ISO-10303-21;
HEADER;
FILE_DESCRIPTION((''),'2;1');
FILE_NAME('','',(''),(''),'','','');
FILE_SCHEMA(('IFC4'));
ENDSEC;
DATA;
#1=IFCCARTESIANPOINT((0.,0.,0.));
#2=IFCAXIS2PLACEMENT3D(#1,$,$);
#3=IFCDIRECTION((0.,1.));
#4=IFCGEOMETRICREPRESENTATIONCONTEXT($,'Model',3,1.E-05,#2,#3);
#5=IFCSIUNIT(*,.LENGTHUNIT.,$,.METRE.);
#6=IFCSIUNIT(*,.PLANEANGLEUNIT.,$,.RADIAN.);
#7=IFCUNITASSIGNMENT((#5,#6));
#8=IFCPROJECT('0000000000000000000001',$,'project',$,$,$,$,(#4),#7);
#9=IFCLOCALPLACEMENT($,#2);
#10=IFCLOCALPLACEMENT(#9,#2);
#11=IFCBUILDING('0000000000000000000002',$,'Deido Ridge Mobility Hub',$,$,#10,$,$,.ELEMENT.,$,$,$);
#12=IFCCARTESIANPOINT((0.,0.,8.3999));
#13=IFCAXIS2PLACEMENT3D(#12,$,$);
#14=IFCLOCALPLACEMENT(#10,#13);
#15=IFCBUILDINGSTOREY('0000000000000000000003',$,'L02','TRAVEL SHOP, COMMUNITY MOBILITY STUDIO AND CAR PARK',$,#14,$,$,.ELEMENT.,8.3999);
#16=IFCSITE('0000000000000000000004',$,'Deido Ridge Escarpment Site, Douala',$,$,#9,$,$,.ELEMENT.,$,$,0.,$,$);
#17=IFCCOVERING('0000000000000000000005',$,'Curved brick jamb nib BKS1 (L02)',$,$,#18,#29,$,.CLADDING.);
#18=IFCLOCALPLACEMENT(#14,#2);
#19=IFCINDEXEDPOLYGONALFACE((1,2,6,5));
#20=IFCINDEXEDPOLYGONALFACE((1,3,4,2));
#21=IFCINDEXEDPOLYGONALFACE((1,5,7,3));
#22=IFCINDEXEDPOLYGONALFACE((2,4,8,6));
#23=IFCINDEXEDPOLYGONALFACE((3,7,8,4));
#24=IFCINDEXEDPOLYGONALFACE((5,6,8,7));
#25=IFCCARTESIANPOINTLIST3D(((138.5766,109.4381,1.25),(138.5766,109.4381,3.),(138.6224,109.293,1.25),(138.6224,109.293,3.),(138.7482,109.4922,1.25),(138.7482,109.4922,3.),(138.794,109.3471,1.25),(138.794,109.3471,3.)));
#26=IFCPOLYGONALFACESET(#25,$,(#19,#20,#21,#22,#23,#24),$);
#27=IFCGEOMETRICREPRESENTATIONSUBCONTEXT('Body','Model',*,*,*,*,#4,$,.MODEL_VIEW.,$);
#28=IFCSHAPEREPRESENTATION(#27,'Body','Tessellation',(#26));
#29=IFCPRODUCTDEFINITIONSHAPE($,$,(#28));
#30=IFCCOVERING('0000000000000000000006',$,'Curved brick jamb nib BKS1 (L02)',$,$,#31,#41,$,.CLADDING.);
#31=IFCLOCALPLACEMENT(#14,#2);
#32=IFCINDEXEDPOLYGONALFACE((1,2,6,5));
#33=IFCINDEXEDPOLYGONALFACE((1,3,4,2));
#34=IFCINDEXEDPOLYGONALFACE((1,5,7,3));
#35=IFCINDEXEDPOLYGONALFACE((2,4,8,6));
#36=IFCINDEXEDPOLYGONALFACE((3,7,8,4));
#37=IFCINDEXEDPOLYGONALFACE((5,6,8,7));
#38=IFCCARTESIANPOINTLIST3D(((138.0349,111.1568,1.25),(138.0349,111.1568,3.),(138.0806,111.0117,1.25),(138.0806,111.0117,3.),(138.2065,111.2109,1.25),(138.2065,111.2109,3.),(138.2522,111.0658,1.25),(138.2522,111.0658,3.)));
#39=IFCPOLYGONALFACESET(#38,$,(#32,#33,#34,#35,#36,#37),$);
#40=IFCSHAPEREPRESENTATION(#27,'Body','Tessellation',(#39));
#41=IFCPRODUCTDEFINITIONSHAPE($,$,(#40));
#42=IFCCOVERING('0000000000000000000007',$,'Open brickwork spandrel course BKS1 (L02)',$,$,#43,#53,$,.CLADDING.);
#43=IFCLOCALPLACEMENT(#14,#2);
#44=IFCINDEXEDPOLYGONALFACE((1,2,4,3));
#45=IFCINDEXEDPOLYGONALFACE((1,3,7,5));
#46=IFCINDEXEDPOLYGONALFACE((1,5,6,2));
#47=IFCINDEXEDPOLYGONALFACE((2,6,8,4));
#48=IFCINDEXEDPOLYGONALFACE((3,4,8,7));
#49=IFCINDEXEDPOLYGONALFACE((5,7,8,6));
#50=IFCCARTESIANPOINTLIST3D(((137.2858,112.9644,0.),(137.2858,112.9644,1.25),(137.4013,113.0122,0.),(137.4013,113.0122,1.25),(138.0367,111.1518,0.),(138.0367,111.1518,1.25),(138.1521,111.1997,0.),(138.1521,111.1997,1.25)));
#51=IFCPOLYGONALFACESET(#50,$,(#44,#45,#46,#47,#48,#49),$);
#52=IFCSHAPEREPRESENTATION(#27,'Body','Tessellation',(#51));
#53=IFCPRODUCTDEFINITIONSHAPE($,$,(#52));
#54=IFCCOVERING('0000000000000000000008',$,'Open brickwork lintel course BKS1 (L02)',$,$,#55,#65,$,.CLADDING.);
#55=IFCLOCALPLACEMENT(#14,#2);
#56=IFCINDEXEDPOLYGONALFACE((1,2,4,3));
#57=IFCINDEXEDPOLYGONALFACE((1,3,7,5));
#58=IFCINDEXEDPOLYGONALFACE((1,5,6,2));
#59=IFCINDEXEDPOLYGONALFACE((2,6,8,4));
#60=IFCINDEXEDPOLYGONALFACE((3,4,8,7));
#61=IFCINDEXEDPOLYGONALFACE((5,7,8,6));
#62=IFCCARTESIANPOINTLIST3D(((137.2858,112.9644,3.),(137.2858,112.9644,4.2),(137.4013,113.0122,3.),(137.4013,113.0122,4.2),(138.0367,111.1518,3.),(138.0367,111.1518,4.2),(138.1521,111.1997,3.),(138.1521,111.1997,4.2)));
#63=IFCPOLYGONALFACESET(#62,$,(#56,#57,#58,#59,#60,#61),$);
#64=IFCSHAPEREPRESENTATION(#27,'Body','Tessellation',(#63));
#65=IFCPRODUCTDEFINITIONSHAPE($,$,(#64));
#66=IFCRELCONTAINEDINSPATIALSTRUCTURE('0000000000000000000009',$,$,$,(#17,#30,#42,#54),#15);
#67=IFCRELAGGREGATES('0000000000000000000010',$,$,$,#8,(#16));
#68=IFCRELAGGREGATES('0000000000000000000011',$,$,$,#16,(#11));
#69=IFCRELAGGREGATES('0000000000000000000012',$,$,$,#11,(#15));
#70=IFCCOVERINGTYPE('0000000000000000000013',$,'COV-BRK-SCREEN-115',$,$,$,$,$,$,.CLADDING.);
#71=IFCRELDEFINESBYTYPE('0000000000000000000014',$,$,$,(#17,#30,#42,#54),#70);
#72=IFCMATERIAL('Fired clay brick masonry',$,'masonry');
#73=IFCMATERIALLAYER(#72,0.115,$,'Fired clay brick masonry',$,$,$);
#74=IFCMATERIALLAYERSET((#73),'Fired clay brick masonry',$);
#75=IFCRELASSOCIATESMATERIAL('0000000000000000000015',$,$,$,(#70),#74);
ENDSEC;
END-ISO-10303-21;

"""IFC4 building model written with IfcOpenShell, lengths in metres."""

from ifc_helpers import new_model, si_unit, direction, frame, origin, origin_2d, place, context, subcontext, project, spatial, rectangle, extrude, material, layer, layer_set, type_object, element, save


model = new_model("IFC4")

# Units and contexts
model_context = context("Model", 3, precision=1e-05, world=origin(), true_north=direction((0.0, 1.0)))
body_context = subcontext(model_context, "Body", "Model", "MODEL_VIEW")
ifc_project = project(units=[si_unit("LENGTHUNIT", "METRE"), si_unit("PLANEANGLEUNIT", "RADIAN")], contexts=[model_context])

# Site, building, storey
site_placement = place(None, origin())
site = spatial("IfcSite", under=ifc_project, at=site_placement, Name="Deido Ridge Escarpment Site, Douala", CompositionType="ELEMENT", RefElevation=0.0)
building_placement = place(site_placement, origin())
building = spatial("IfcBuilding", under=site, at=building_placement, Name="Deido Ridge Mobility Hub", CompositionType="ELEMENT")
storey_placement = place(building_placement, frame((0.0, 0.0, 8.3999)))
storey = spatial("IfcBuildingStorey", under=building, at=storey_placement, Name="L02", Description="TRAVEL SHOP, COMMUNITY MOBILITY STUDIO AND CAR PARK", CompositionType="ELEMENT", Elevation=8.3999)

# Coverings
ifc_material_1 = material(Name="Fired clay brick masonry", Category="masonry")
ifc_layer = layer(ifc_material_1, 0.115, Name="Fired clay brick masonry")
ifc_layer_set = layer_set([ifc_layer], Name="Fired clay brick masonry")
covering_type = type_object("IfcCoveringType", Name="COV-BRK-SCREEN-115", PredefinedType="CLADDING", material=ifc_layer_set)
for number, where, z_axis, x_axis, name in (
    (1, (138.6853, 109.3926, 1.25), (0.0, 0.0, 1.0), (-0.300673, 0.953727, 0.0), "Curved brick jamb nib BKS1 (L02)"),
    (2, (138.1436, 111.1113, 1.25), (0.0, 0.0, 1.0), (-0.300673, 0.953727, 0.0), "Curved brick jamb nib BKS1 (L02)"),
):
    element("IfcCovering", number, at=place(storey_placement, frame(where, z_axis=z_axis, x_axis=x_axis)), inside=storey, type_object=covering_type, Name=name, PredefinedType="CLADDING", context=body_context, shape_type="SweptSolid", body=[
        extrude(rectangle(XDim=0.1521, YDim=0.1799, at=origin_2d()), origin(), (0.0, 0.0, 1.0), 1.75),
    ])
covering_1_placement = place(storey_placement, frame((137.719, 112.082, 0.0), z_axis=(0.0, 0.0, 1.0), x_axis=(-0.3827, 0.923873, 0.0)))
element("IfcCovering", 3, at=covering_1_placement, inside=storey, type_object=covering_type, Name="Open brickwork spandrel course BKS1 (L02)", PredefinedType="CLADDING", context=body_context, shape_type="SweptSolid", body=[
    extrude(rectangle(XDim=1.9619, YDim=0.125, at=origin_2d()), origin(), (0.0, 0.0, 1.0), 1.25),
])
covering_2_placement = place(storey_placement, frame((137.719, 112.082, 3.0), z_axis=(0.0, 0.0, 1.0), x_axis=(-0.3827, 0.923873, 0.0)))
element("IfcCovering", 4, at=covering_2_placement, inside=storey, type_object=covering_type, Name="Open brickwork lintel course BKS1 (L02)", PredefinedType="CLADDING", context=body_context, shape_type="SweptSolid", body=[
    extrude(rectangle(XDim=1.9619, YDim=0.125, at=origin_2d()), origin(), (0.0, 0.0, 1.0), 1.2),
])

save(model, "model.ifc")
